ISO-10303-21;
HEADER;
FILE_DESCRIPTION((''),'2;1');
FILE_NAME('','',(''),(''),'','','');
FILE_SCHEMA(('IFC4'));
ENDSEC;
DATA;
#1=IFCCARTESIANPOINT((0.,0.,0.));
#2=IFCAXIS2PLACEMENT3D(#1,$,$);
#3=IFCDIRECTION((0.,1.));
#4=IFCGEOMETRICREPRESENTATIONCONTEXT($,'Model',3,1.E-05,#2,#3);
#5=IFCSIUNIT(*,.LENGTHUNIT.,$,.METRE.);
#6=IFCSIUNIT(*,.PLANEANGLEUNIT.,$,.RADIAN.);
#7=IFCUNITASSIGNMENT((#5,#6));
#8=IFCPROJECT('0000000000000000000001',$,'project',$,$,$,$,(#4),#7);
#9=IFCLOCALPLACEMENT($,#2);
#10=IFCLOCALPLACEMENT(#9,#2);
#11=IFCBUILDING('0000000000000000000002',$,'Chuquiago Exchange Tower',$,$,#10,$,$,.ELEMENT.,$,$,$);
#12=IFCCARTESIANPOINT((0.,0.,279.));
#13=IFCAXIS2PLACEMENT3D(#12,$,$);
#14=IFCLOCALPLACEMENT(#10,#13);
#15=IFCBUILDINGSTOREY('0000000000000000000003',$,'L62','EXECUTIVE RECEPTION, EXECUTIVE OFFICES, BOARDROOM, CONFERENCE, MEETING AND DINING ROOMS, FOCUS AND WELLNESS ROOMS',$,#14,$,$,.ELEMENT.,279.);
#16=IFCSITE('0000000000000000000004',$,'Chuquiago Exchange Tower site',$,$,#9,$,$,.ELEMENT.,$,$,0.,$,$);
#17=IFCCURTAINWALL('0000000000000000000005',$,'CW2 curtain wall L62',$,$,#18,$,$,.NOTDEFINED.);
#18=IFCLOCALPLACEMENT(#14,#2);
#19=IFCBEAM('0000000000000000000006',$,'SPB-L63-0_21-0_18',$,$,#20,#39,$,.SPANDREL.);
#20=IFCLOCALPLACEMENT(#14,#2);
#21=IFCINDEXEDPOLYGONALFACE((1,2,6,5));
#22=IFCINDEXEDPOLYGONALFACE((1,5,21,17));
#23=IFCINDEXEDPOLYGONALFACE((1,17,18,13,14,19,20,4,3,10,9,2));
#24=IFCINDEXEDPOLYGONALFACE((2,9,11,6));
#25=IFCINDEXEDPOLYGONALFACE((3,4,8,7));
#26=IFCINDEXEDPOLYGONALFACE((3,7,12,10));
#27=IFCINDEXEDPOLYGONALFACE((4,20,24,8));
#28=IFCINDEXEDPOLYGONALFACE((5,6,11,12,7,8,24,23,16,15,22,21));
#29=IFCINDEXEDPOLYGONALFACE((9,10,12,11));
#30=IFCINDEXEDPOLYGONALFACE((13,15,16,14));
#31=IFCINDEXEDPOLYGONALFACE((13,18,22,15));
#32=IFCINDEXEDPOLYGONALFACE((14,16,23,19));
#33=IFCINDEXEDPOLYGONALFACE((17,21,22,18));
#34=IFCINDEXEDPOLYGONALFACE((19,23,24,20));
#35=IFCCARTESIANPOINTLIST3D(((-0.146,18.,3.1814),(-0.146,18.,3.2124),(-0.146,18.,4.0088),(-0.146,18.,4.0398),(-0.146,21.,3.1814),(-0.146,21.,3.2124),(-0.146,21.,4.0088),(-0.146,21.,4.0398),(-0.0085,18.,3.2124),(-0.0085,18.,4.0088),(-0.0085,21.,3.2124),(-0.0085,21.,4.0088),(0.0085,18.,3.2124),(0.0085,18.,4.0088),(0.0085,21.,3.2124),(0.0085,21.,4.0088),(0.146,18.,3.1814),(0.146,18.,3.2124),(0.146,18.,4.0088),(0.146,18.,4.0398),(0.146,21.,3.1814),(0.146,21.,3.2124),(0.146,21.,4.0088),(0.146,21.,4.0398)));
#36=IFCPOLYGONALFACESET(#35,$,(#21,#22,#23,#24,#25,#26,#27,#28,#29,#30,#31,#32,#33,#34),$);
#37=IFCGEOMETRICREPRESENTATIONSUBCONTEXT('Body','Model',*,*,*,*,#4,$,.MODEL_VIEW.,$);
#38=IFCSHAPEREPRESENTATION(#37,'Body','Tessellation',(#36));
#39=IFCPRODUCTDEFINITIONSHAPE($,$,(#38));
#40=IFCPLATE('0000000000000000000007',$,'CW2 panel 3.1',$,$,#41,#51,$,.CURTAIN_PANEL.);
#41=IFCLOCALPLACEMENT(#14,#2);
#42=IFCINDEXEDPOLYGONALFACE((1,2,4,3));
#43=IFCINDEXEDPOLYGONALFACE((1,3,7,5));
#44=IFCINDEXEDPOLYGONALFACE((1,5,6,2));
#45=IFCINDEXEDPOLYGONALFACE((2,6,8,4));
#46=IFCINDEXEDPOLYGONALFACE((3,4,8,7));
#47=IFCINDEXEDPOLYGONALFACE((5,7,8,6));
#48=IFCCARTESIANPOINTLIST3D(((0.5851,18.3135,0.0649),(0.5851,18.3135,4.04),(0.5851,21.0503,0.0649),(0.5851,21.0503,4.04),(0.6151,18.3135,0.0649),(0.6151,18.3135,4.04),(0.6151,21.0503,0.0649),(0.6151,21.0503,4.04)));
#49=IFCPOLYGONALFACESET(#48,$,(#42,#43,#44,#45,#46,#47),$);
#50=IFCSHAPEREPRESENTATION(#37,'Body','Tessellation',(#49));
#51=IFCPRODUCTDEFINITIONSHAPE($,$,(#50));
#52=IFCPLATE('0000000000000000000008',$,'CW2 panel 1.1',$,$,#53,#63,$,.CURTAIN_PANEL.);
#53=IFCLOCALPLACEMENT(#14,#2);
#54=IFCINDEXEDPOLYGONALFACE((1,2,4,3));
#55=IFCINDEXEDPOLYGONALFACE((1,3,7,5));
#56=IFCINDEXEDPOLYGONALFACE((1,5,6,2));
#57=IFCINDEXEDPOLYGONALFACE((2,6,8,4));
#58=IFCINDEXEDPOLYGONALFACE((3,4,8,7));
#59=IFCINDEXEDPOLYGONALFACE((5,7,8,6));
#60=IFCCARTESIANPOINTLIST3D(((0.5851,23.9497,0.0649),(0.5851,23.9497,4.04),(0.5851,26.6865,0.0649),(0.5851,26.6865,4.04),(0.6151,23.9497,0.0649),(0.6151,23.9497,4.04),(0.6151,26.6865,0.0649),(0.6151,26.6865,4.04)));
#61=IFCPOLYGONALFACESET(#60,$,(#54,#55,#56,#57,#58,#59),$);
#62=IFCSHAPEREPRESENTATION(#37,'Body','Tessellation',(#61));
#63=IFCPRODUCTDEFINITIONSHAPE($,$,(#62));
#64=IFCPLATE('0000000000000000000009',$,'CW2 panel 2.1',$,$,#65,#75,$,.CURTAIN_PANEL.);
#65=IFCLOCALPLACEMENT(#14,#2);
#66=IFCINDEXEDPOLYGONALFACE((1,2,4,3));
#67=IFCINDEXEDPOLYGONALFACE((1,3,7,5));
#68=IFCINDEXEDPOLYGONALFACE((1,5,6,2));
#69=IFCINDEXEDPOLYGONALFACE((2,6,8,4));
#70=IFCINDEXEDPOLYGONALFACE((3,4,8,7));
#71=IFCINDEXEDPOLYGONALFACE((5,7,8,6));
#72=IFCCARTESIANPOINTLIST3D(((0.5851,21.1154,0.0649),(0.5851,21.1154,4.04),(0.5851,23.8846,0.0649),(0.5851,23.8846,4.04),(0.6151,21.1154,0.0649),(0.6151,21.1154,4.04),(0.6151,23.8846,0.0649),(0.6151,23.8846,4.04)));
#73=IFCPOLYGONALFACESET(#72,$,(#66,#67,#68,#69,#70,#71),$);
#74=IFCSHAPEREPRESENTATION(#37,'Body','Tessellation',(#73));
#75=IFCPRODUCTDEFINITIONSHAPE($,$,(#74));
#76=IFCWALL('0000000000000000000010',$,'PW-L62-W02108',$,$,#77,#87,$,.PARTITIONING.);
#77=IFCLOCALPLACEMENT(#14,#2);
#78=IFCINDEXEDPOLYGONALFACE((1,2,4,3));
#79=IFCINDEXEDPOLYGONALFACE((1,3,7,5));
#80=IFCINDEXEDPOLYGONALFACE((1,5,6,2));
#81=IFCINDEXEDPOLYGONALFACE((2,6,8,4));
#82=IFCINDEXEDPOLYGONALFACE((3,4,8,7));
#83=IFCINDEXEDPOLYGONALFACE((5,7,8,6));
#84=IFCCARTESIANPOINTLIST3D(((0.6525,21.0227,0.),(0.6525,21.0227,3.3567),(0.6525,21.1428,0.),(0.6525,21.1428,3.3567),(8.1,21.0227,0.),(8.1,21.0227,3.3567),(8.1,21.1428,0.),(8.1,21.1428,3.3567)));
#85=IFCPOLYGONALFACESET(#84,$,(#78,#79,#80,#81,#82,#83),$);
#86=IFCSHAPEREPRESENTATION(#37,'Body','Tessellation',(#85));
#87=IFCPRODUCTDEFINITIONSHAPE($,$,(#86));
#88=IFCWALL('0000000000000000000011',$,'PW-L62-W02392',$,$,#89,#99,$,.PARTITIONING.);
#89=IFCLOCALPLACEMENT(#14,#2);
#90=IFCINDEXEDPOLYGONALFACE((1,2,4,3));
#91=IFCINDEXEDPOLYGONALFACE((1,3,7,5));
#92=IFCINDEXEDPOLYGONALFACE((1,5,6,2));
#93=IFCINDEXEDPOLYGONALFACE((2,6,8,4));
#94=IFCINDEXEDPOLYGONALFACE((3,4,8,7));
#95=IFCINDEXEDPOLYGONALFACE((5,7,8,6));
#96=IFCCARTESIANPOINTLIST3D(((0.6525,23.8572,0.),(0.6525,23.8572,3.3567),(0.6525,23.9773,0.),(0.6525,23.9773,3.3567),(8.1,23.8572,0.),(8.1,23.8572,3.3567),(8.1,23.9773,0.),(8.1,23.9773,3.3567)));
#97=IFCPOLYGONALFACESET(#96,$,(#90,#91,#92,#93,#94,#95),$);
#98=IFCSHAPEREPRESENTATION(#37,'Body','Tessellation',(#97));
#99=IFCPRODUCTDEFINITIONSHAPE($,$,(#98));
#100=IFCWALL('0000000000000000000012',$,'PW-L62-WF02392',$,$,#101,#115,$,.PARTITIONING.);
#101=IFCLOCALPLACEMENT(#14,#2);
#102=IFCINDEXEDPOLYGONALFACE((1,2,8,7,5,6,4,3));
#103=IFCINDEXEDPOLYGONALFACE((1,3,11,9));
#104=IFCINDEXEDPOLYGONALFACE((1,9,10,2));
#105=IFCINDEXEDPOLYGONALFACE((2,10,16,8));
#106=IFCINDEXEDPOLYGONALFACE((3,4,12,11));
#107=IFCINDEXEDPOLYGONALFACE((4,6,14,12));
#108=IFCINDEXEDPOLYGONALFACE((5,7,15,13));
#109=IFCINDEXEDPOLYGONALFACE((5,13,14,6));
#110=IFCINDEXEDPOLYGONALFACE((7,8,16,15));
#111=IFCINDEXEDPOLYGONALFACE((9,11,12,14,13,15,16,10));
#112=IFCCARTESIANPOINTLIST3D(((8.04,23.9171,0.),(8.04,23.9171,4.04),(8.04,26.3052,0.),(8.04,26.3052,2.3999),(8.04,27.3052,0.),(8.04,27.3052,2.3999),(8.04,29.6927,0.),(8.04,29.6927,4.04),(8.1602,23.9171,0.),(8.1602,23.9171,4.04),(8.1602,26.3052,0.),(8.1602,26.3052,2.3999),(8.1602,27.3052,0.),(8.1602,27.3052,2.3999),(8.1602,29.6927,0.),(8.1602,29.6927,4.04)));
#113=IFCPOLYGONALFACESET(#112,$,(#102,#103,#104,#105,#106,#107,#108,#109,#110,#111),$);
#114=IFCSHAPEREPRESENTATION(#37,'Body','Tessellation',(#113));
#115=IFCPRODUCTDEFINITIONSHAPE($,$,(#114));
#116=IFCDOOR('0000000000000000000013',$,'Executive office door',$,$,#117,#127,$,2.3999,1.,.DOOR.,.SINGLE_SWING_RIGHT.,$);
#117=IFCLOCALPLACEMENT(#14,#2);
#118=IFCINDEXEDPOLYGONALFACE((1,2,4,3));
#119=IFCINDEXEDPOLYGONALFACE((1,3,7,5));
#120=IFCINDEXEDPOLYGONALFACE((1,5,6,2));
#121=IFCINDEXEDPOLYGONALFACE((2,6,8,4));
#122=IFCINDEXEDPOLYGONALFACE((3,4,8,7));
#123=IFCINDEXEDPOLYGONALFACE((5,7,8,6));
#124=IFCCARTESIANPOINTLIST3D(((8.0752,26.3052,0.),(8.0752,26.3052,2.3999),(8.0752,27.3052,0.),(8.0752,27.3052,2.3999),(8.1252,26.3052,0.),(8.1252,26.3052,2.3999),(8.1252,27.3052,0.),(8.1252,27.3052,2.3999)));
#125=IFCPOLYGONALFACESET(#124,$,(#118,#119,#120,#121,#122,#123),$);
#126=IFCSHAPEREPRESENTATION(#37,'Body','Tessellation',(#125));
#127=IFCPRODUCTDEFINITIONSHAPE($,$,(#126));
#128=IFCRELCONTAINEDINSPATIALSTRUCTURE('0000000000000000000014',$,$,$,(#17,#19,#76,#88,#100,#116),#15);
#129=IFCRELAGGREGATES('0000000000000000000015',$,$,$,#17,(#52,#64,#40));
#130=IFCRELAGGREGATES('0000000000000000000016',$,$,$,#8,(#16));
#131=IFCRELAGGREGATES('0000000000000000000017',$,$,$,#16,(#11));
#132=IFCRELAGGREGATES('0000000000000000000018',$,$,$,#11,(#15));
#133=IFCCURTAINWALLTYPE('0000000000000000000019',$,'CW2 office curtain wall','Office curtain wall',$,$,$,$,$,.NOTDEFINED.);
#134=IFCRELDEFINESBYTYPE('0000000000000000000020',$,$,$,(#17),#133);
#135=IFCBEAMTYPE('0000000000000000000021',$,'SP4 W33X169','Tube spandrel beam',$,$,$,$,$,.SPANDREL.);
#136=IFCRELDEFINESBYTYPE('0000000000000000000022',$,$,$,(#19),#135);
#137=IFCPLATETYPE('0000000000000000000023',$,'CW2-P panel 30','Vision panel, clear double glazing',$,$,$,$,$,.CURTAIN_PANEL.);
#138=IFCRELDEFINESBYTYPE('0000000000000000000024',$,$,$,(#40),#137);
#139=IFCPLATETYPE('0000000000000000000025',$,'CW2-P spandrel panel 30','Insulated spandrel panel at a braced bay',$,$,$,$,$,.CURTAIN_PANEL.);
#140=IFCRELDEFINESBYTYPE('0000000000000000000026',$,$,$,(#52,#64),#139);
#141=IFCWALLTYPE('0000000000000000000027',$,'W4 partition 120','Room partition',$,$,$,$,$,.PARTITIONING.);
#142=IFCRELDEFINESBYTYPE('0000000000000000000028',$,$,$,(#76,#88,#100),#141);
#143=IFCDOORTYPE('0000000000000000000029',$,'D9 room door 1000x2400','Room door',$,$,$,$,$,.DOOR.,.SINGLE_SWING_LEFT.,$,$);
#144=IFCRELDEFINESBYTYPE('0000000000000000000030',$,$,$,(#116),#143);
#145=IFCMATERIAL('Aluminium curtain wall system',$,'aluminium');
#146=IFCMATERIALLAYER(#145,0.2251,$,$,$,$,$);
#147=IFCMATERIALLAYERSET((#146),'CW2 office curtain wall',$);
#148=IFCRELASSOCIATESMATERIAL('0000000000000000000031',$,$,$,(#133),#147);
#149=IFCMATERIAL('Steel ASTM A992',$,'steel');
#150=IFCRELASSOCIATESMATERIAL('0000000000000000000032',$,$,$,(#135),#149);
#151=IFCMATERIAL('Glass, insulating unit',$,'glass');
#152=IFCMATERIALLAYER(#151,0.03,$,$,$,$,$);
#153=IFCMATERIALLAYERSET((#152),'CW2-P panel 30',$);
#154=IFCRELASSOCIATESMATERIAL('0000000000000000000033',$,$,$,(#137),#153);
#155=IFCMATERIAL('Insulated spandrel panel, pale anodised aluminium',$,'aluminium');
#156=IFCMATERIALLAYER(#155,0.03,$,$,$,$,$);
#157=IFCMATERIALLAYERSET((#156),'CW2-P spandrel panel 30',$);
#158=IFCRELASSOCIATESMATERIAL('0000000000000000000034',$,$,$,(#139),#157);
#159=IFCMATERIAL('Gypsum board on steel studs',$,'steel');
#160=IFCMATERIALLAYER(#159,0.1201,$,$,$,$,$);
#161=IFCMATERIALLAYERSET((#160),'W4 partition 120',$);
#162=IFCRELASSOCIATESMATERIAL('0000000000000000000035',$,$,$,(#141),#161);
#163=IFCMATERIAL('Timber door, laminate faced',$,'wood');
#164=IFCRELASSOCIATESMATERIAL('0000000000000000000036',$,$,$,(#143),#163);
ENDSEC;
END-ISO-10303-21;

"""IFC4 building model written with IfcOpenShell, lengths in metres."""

from ifc_helpers import new_model, si_unit, direction, frame, frame_2d, origin, origin_2d, place, context, subcontext, project, spatial, rectangle, i_section, extrude, material, layer, layer_set, material_profile, profile_set, type_object, element, fill, aggregate, save


model = new_model("IFC4")

# Units and contexts
model_context = context("Model", 3, precision=1e-05, world=origin(), true_north=direction((0.0, 1.0)))
body_context = subcontext(model_context, "Body", "Model", "MODEL_VIEW")
ifc_project = project(units=[si_unit("LENGTHUNIT", "METRE"), si_unit("PLANEANGLEUNIT", "RADIAN")], contexts=[model_context])

# Site, building, storey
site_placement = place(None, origin())
site = spatial("IfcSite", under=ifc_project, at=site_placement, Name="Chuquiago Exchange Tower site", CompositionType="ELEMENT", RefElevation=0.0)
building_placement = place(site_placement, origin())
building = spatial("IfcBuilding", under=site, at=building_placement, Name="Chuquiago Exchange Tower", CompositionType="ELEMENT")
storey_placement = place(building_placement, frame((0.0, 0.0, 279.0)))
storey = spatial("IfcBuildingStorey", under=building, at=storey_placement, Name="L62", Description="EXECUTIVE RECEPTION, EXECUTIVE OFFICES, BOARDROOM, CONFERENCE, MEETING AND DINING ROOMS, FOCUS AND WELLNESS ROOMS", CompositionType="ELEMENT", Elevation=279.0)

# Curtain wall
ifc_material_1 = material(Name="Aluminium curtain wall system", Category="aluminium")
ifc_layer_1 = layer(ifc_material_1, 0.2251)
ifc_layer_set_1 = layer_set([ifc_layer_1], Name="CW2 office curtain wall")
curtain_wall_type_1 = type_object("IfcCurtainWallType", Name="CW2 office curtain wall", Description="Office curtain wall", PredefinedType="NOTDEFINED", material=ifc_layer_set_1)
curtain_wall_1_placement = place(storey_placement, origin())
curtain_wall_1 = element("IfcCurtainWall", 1, at=curtain_wall_1_placement, inside=storey, type_object=curtain_wall_type_1, Name="CW2 curtain wall L62", PredefinedType="NOTDEFINED")

# Beam
ifc_material_2 = material(Name="Steel ASTM A992", Category="steel")
ifc_material_profile_1 = material_profile(ifc_material_2, i_section(OverallWidth=0.292, OverallDepth=0.8584, WebThickness=0.0171, FlangeThickness=0.031, at=origin_2d()), Name="W33X169")
ifc_profile_set_1 = profile_set([ifc_material_profile_1], Name="Steel ASTM A992")
beam_type_1 = type_object("IfcBeamType", Name="SP4 W33X169", Description="Tube spandrel beam", PredefinedType="SPANDREL", material=ifc_profile_set_1)
for number, where, z_axis, x_axis, name in (
    (2, (0.0, 21.0, 3.6106), (0.0, -1.0, 0.0), (1.0, 0.0, 0.0), "SPB-L63-0_21-0_18"),
):
    element("IfcBeam", number, at=place(storey_placement, frame(where, z_axis=z_axis, x_axis=x_axis)), inside=storey, type_object=beam_type_1, Name=name, PredefinedType="SPANDREL", context=body_context, shape_type="SweptSolid", body=[
        extrude(i_section(OverallWidth=0.292, OverallDepth=0.8584, WebThickness=0.0171, FlangeThickness=0.031, at=origin_2d()), origin(), (0.0, 0.0, 1.0), 3.0),
    ])

# Plates
ifc_material_3 = material(Name="Glass, insulating unit", Category="glass")
ifc_layer_2 = layer(ifc_material_3, 0.03)
ifc_layer_set_2 = layer_set([ifc_layer_2], Name="CW2-P panel 30")
plate_type_1 = type_object("IfcPlateType", Name="CW2-P panel 30", Description="Vision panel, clear double glazing", PredefinedType="CURTAIN_PANEL", material=ifc_layer_set_2)
plate_1_placement = place(storey_placement, frame((0.6001, 19.6819, 0.0649), z_axis=(0.0, 0.0, 1.0), x_axis=(0.0, -1.0, 0.0)))
plate_1 = element("IfcPlate", 3, at=plate_1_placement, type_object=plate_type_1, Name="CW2 panel 3.1", PredefinedType="CURTAIN_PANEL", context=body_context, shape_type="SweptSolid", body=[
    extrude(rectangle(XDim=2.7368, YDim=0.03, at=origin_2d()), origin(), (0.0, 0.0, 1.0), 3.9751),
])
ifc_material_4 = material(Name="Insulated spandrel panel, pale anodised aluminium", Category="aluminium")
ifc_layer_3 = layer(ifc_material_4, 0.03)
ifc_layer_set_3 = layer_set([ifc_layer_3], Name="CW2-P spandrel panel 30")
plate_type_2 = type_object("IfcPlateType", Name="CW2-P spandrel panel 30", Description="Insulated spandrel panel at a braced bay", PredefinedType="CURTAIN_PANEL", material=ifc_layer_set_3)
plate_2_placement = place(storey_placement, frame((0.6001, 25.3181, 0.0649), z_axis=(0.0, 0.0, 1.0), x_axis=(0.0, -1.0, 0.0)))
plate_2 = element("IfcPlate", 4, at=plate_2_placement, type_object=plate_type_2, Name="CW2 panel 1.1", PredefinedType="CURTAIN_PANEL", context=body_context, shape_type="SweptSolid", body=[
    extrude(rectangle(XDim=2.7368, YDim=0.03, at=origin_2d()), origin(), (0.0, 0.0, 1.0), 3.9751),
])
plate_3_placement = place(storey_placement, frame((0.6001, 22.5, 0.0649), z_axis=(0.0, 0.0, 1.0), x_axis=(0.0, -1.0, 0.0)))
plate_3 = element("IfcPlate", 5, at=plate_3_placement, type_object=plate_type_2, Name="CW2 panel 2.1", PredefinedType="CURTAIN_PANEL", context=body_context, shape_type="SweptSolid", body=[
    extrude(rectangle(XDim=2.7693, YDim=0.03, at=origin_2d()), origin(), (0.0, 0.0, 1.0), 3.9751),
])
aggregate(curtain_wall_1, [plate_2, plate_3, plate_1])

# Walls
ifc_material_5 = material(Name="Gypsum board on steel studs", Category="steel")
ifc_layer_4 = layer(ifc_material_5, 0.1201)
ifc_layer_set_4 = layer_set([ifc_layer_4], Name="W4 partition 120")
wall_type = type_object("IfcWallType", Name="W4 partition 120", Description="Room partition", PredefinedType="PARTITIONING", material=ifc_layer_set_4)
for number, where, z_axis, x_axis, name in (
    (6, (0.6526, 21.0828, 0.0), (0.0, 0.0, 1.0), (1.0, 0.0, 0.0), "PW-L62-W02108"),
    (7, (0.6526, 23.9172, 0.0), (0.0, 0.0, 1.0), (1.0, 0.0, 0.0), "PW-L62-W02392"),
):
    element("IfcWall", number, at=place(storey_placement, frame(where, z_axis=z_axis, x_axis=x_axis)), inside=storey, type_object=wall_type, Name=name, PredefinedType="PARTITIONING", context=body_context, shape_type="SweptSolid", body=[
        extrude(rectangle(XDim=7.4475, YDim=0.1201, at=frame_2d((3.7236, 0.0))), origin(), (0.0, 0.0, 1.0), 3.3567),
    ])

# Wall, opening, door
wall_1_placement = place(storey_placement, frame((8.1001, 23.9172, 0.0), z_axis=(0.0, 0.0, 1.0), x_axis=(0.0, 1.0, 0.0)))
wall_1 = element("IfcWall", 8, at=wall_1_placement, inside=storey, type_object=wall_type, Name="PW-L62-WF02392", PredefinedType="PARTITIONING", context=body_context, shape_type="SweptSolid", body=[
    extrude(rectangle(XDim=5.7756, YDim=0.1201, at=frame_2d((2.8877, 0.0))), origin(), (0.0, 0.0, 1.0), 4.04),
])
opening_1_placement = place(wall_1_placement, frame((2.3879, 0.0, 0.0)))
opening_1 = element("IfcOpeningElement", 9, at=opening_1_placement, cuts=wall_1, PredefinedType="OPENING", context=body_context, shape_type="SweptSolid", body=[
    extrude(rectangle(XDim=1.0, YDim=2.3999, at=frame_2d((0.5, 1.2))), frame((0.0, 0.0701, 0.0), z_axis=(0.0, -1.0, 0.0), x_axis=(1.0, 0.0, 0.0)), (0.0, 0.0, 1.0), 0.1401),
])
ifc_material_6 = material(Name="Timber door, laminate faced", Category="wood")
door_type_1 = type_object("IfcDoorType", Name="D9 room door 1000x2400", Description="Room door", OperationType="SINGLE_SWING_LEFT", PredefinedType="DOOR", material=ifc_material_6)
door_1_placement = place(opening_1_placement, origin())
door_1 = element("IfcDoor", 10, at=door_1_placement, inside=storey, type_object=door_type_1, Name="Executive office door", OperationType="SINGLE_SWING_RIGHT", OverallHeight=2.3999, OverallWidth=1.0, PredefinedType="DOOR", context=body_context, shape_type="SweptSolid", body=[
    extrude(rectangle(XDim=1.0, YDim=2.3999, at=frame_2d((0.5, 1.2))), frame((0.0, 0.0249, 0.0), z_axis=(0.0, -1.0, 0.0), x_axis=(1.0, 0.0, 0.0)), (0.0, 0.0, 1.0), 0.05),
])
fill(opening_1, door_1)

save(model, "model.ifc")
